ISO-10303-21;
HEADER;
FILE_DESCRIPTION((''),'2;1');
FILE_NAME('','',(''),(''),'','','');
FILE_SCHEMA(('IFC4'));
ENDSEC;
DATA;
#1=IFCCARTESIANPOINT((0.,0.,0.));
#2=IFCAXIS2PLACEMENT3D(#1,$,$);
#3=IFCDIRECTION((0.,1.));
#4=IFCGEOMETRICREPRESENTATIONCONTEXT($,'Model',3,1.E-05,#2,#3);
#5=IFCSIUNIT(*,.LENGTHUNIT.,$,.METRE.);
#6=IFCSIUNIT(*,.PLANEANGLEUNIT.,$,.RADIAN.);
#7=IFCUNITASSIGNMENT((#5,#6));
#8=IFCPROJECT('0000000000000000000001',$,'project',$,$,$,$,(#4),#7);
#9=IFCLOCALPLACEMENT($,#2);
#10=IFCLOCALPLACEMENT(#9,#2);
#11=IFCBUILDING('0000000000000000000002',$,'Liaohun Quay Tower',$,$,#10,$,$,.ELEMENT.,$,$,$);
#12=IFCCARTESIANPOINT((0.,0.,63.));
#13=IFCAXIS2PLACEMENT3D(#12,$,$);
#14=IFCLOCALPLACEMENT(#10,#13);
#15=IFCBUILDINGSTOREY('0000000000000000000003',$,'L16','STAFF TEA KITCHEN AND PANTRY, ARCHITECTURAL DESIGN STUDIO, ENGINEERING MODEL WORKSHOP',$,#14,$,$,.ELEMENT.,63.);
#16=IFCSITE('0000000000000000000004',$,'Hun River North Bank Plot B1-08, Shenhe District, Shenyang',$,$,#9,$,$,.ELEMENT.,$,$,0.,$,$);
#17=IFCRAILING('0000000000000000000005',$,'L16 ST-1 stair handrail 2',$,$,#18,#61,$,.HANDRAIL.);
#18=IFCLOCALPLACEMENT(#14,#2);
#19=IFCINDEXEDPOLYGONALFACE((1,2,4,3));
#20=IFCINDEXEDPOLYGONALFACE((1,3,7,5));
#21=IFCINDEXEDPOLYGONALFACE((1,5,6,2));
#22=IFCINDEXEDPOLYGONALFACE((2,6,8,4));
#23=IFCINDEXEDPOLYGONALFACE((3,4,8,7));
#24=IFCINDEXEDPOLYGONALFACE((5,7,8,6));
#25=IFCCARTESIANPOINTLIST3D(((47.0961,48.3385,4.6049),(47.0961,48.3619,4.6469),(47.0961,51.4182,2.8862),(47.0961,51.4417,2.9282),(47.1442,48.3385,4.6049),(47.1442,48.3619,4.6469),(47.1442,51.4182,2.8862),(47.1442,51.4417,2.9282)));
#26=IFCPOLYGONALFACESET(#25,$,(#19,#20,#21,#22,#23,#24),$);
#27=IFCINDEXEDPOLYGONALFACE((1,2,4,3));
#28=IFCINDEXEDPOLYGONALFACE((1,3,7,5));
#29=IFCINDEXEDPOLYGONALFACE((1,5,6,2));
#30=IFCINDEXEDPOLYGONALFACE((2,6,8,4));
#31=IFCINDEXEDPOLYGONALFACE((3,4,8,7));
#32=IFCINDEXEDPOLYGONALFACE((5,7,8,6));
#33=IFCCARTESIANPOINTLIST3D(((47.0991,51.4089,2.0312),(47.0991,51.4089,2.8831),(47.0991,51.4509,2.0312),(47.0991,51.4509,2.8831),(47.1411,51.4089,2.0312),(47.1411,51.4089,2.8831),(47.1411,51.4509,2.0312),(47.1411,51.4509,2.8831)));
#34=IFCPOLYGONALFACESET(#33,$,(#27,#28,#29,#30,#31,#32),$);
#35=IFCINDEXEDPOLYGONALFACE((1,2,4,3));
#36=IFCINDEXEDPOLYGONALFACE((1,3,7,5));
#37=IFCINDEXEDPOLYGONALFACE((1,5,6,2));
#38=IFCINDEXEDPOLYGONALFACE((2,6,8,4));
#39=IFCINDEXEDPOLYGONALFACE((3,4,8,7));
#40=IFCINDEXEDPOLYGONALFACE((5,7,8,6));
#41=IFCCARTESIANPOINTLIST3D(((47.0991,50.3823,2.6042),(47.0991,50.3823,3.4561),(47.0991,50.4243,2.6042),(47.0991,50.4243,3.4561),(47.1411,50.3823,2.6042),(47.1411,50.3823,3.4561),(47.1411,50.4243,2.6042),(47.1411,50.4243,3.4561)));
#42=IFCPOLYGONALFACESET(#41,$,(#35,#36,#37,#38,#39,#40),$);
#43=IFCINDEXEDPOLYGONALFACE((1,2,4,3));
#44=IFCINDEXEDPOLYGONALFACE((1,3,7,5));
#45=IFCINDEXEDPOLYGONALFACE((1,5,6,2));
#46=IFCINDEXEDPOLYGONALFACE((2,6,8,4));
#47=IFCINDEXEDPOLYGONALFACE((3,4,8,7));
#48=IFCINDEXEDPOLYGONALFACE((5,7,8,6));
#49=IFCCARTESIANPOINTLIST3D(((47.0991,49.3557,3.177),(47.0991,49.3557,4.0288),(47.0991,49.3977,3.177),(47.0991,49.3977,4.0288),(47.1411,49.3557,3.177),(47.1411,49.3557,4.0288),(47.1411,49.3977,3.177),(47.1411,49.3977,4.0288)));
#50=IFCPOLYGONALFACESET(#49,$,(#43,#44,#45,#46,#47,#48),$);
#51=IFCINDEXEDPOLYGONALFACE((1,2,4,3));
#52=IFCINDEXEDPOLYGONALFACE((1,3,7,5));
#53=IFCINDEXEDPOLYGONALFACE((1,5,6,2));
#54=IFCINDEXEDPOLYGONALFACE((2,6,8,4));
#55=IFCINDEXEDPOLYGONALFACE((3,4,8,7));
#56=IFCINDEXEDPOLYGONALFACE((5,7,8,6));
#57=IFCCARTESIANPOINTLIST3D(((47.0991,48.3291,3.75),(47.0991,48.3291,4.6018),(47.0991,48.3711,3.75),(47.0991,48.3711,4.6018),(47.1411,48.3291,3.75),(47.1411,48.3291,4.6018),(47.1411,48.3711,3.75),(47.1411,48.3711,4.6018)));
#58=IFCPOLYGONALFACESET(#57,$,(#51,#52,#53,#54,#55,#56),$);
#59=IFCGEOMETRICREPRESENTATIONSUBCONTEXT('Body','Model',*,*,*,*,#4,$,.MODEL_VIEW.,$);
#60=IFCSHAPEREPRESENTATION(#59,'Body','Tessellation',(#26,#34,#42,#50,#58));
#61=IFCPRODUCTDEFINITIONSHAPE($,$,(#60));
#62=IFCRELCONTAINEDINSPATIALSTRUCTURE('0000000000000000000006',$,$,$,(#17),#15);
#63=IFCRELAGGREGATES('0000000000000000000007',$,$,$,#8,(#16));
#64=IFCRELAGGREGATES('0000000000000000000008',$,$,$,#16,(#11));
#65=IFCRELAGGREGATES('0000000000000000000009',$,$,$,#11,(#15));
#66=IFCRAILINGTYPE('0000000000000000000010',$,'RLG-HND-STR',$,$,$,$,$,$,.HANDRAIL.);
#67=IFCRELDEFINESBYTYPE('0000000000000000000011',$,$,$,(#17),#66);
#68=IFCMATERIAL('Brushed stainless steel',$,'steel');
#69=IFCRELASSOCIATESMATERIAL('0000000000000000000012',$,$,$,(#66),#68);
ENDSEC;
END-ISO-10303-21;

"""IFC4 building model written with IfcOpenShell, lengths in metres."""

from ifc_helpers import new_model, si_unit, direction, frame, origin, origin_2d, place, context, subcontext, project, spatial, rectangle, extrude, material, type_object, element, save


model = new_model("IFC4")

# Units and contexts
model_context = context("Model", 3, precision=1e-05, world=origin(), true_north=direction((0.0, 1.0)))
body_context = subcontext(model_context, "Body", "Model", "MODEL_VIEW")
ifc_project = project(units=[si_unit("LENGTHUNIT", "METRE"), si_unit("PLANEANGLEUNIT", "RADIAN")], contexts=[model_context])

# Site, building, storey
site_placement = place(None, origin())
site = spatial("IfcSite", under=ifc_project, at=site_placement, Name="Hun River North Bank Plot B1-08, Shenhe District, Shenyang", CompositionType="ELEMENT", RefElevation=0.0)
building_placement = place(site_placement, origin())
building = spatial("IfcBuilding", under=site, at=building_placement, Name="Liaohun Quay Tower", CompositionType="ELEMENT")
storey_placement = place(building_placement, frame((0.0, 0.0, 63.0)))
storey = spatial("IfcBuildingStorey", under=building, at=storey_placement, Name="L16", Description="STAFF TEA KITCHEN AND PANTRY, ARCHITECTURAL DESIGN STUDIO, ENGINEERING MODEL WORKSHOP", CompositionType="ELEMENT", Elevation=63.0)

# Railing
ifc_material_1 = material(Name="Brushed stainless steel", Category="steel")
railing_type_1 = type_object("IfcRailingType", Name="RLG-HND-STR", PredefinedType="HANDRAIL", material=ifc_material_1)
railing_1_placement = place(storey_placement, frame((47.1201, 51.4299, 2.0312)))
element("IfcRailing", 1, at=railing_1_placement, inside=storey, type_object=railing_type_1, Name="L16 ST-1 stair handrail 2", PredefinedType="HANDRAIL", context=body_context, shape_type="SweptSolid", body=[
    extrude(rectangle(XDim=0.0481, YDim=0.0481, at=origin_2d()), frame((0.0, 0.0, 0.876), z_axis=(0.0, -0.873225, 0.487317), x_axis=(1.0, 0.0, 0.0)), (0.0, 0.0, 1.0), 3.5269),
    extrude(rectangle(XDim=0.042, YDim=0.042, at=origin_2d()), origin(), (0.0, 0.0, 1.0), 0.8518),
    extrude(rectangle(XDim=0.042, YDim=0.042, at=origin_2d()), frame((0.0, -1.0266, 0.573)), (0.0, 0.0, 1.0), 0.8518),
    extrude(rectangle(XDim=0.042, YDim=0.042, at=origin_2d()), frame((0.0, -2.0532, 1.1458)), (0.0, 0.0, 1.0), 0.8518),
    extrude(rectangle(XDim=0.042, YDim=0.042, at=origin_2d()), frame((0.0, -3.0798, 1.7188)), (0.0, 0.0, 1.0), 0.8518),
])

save(model, "model.ifc")
